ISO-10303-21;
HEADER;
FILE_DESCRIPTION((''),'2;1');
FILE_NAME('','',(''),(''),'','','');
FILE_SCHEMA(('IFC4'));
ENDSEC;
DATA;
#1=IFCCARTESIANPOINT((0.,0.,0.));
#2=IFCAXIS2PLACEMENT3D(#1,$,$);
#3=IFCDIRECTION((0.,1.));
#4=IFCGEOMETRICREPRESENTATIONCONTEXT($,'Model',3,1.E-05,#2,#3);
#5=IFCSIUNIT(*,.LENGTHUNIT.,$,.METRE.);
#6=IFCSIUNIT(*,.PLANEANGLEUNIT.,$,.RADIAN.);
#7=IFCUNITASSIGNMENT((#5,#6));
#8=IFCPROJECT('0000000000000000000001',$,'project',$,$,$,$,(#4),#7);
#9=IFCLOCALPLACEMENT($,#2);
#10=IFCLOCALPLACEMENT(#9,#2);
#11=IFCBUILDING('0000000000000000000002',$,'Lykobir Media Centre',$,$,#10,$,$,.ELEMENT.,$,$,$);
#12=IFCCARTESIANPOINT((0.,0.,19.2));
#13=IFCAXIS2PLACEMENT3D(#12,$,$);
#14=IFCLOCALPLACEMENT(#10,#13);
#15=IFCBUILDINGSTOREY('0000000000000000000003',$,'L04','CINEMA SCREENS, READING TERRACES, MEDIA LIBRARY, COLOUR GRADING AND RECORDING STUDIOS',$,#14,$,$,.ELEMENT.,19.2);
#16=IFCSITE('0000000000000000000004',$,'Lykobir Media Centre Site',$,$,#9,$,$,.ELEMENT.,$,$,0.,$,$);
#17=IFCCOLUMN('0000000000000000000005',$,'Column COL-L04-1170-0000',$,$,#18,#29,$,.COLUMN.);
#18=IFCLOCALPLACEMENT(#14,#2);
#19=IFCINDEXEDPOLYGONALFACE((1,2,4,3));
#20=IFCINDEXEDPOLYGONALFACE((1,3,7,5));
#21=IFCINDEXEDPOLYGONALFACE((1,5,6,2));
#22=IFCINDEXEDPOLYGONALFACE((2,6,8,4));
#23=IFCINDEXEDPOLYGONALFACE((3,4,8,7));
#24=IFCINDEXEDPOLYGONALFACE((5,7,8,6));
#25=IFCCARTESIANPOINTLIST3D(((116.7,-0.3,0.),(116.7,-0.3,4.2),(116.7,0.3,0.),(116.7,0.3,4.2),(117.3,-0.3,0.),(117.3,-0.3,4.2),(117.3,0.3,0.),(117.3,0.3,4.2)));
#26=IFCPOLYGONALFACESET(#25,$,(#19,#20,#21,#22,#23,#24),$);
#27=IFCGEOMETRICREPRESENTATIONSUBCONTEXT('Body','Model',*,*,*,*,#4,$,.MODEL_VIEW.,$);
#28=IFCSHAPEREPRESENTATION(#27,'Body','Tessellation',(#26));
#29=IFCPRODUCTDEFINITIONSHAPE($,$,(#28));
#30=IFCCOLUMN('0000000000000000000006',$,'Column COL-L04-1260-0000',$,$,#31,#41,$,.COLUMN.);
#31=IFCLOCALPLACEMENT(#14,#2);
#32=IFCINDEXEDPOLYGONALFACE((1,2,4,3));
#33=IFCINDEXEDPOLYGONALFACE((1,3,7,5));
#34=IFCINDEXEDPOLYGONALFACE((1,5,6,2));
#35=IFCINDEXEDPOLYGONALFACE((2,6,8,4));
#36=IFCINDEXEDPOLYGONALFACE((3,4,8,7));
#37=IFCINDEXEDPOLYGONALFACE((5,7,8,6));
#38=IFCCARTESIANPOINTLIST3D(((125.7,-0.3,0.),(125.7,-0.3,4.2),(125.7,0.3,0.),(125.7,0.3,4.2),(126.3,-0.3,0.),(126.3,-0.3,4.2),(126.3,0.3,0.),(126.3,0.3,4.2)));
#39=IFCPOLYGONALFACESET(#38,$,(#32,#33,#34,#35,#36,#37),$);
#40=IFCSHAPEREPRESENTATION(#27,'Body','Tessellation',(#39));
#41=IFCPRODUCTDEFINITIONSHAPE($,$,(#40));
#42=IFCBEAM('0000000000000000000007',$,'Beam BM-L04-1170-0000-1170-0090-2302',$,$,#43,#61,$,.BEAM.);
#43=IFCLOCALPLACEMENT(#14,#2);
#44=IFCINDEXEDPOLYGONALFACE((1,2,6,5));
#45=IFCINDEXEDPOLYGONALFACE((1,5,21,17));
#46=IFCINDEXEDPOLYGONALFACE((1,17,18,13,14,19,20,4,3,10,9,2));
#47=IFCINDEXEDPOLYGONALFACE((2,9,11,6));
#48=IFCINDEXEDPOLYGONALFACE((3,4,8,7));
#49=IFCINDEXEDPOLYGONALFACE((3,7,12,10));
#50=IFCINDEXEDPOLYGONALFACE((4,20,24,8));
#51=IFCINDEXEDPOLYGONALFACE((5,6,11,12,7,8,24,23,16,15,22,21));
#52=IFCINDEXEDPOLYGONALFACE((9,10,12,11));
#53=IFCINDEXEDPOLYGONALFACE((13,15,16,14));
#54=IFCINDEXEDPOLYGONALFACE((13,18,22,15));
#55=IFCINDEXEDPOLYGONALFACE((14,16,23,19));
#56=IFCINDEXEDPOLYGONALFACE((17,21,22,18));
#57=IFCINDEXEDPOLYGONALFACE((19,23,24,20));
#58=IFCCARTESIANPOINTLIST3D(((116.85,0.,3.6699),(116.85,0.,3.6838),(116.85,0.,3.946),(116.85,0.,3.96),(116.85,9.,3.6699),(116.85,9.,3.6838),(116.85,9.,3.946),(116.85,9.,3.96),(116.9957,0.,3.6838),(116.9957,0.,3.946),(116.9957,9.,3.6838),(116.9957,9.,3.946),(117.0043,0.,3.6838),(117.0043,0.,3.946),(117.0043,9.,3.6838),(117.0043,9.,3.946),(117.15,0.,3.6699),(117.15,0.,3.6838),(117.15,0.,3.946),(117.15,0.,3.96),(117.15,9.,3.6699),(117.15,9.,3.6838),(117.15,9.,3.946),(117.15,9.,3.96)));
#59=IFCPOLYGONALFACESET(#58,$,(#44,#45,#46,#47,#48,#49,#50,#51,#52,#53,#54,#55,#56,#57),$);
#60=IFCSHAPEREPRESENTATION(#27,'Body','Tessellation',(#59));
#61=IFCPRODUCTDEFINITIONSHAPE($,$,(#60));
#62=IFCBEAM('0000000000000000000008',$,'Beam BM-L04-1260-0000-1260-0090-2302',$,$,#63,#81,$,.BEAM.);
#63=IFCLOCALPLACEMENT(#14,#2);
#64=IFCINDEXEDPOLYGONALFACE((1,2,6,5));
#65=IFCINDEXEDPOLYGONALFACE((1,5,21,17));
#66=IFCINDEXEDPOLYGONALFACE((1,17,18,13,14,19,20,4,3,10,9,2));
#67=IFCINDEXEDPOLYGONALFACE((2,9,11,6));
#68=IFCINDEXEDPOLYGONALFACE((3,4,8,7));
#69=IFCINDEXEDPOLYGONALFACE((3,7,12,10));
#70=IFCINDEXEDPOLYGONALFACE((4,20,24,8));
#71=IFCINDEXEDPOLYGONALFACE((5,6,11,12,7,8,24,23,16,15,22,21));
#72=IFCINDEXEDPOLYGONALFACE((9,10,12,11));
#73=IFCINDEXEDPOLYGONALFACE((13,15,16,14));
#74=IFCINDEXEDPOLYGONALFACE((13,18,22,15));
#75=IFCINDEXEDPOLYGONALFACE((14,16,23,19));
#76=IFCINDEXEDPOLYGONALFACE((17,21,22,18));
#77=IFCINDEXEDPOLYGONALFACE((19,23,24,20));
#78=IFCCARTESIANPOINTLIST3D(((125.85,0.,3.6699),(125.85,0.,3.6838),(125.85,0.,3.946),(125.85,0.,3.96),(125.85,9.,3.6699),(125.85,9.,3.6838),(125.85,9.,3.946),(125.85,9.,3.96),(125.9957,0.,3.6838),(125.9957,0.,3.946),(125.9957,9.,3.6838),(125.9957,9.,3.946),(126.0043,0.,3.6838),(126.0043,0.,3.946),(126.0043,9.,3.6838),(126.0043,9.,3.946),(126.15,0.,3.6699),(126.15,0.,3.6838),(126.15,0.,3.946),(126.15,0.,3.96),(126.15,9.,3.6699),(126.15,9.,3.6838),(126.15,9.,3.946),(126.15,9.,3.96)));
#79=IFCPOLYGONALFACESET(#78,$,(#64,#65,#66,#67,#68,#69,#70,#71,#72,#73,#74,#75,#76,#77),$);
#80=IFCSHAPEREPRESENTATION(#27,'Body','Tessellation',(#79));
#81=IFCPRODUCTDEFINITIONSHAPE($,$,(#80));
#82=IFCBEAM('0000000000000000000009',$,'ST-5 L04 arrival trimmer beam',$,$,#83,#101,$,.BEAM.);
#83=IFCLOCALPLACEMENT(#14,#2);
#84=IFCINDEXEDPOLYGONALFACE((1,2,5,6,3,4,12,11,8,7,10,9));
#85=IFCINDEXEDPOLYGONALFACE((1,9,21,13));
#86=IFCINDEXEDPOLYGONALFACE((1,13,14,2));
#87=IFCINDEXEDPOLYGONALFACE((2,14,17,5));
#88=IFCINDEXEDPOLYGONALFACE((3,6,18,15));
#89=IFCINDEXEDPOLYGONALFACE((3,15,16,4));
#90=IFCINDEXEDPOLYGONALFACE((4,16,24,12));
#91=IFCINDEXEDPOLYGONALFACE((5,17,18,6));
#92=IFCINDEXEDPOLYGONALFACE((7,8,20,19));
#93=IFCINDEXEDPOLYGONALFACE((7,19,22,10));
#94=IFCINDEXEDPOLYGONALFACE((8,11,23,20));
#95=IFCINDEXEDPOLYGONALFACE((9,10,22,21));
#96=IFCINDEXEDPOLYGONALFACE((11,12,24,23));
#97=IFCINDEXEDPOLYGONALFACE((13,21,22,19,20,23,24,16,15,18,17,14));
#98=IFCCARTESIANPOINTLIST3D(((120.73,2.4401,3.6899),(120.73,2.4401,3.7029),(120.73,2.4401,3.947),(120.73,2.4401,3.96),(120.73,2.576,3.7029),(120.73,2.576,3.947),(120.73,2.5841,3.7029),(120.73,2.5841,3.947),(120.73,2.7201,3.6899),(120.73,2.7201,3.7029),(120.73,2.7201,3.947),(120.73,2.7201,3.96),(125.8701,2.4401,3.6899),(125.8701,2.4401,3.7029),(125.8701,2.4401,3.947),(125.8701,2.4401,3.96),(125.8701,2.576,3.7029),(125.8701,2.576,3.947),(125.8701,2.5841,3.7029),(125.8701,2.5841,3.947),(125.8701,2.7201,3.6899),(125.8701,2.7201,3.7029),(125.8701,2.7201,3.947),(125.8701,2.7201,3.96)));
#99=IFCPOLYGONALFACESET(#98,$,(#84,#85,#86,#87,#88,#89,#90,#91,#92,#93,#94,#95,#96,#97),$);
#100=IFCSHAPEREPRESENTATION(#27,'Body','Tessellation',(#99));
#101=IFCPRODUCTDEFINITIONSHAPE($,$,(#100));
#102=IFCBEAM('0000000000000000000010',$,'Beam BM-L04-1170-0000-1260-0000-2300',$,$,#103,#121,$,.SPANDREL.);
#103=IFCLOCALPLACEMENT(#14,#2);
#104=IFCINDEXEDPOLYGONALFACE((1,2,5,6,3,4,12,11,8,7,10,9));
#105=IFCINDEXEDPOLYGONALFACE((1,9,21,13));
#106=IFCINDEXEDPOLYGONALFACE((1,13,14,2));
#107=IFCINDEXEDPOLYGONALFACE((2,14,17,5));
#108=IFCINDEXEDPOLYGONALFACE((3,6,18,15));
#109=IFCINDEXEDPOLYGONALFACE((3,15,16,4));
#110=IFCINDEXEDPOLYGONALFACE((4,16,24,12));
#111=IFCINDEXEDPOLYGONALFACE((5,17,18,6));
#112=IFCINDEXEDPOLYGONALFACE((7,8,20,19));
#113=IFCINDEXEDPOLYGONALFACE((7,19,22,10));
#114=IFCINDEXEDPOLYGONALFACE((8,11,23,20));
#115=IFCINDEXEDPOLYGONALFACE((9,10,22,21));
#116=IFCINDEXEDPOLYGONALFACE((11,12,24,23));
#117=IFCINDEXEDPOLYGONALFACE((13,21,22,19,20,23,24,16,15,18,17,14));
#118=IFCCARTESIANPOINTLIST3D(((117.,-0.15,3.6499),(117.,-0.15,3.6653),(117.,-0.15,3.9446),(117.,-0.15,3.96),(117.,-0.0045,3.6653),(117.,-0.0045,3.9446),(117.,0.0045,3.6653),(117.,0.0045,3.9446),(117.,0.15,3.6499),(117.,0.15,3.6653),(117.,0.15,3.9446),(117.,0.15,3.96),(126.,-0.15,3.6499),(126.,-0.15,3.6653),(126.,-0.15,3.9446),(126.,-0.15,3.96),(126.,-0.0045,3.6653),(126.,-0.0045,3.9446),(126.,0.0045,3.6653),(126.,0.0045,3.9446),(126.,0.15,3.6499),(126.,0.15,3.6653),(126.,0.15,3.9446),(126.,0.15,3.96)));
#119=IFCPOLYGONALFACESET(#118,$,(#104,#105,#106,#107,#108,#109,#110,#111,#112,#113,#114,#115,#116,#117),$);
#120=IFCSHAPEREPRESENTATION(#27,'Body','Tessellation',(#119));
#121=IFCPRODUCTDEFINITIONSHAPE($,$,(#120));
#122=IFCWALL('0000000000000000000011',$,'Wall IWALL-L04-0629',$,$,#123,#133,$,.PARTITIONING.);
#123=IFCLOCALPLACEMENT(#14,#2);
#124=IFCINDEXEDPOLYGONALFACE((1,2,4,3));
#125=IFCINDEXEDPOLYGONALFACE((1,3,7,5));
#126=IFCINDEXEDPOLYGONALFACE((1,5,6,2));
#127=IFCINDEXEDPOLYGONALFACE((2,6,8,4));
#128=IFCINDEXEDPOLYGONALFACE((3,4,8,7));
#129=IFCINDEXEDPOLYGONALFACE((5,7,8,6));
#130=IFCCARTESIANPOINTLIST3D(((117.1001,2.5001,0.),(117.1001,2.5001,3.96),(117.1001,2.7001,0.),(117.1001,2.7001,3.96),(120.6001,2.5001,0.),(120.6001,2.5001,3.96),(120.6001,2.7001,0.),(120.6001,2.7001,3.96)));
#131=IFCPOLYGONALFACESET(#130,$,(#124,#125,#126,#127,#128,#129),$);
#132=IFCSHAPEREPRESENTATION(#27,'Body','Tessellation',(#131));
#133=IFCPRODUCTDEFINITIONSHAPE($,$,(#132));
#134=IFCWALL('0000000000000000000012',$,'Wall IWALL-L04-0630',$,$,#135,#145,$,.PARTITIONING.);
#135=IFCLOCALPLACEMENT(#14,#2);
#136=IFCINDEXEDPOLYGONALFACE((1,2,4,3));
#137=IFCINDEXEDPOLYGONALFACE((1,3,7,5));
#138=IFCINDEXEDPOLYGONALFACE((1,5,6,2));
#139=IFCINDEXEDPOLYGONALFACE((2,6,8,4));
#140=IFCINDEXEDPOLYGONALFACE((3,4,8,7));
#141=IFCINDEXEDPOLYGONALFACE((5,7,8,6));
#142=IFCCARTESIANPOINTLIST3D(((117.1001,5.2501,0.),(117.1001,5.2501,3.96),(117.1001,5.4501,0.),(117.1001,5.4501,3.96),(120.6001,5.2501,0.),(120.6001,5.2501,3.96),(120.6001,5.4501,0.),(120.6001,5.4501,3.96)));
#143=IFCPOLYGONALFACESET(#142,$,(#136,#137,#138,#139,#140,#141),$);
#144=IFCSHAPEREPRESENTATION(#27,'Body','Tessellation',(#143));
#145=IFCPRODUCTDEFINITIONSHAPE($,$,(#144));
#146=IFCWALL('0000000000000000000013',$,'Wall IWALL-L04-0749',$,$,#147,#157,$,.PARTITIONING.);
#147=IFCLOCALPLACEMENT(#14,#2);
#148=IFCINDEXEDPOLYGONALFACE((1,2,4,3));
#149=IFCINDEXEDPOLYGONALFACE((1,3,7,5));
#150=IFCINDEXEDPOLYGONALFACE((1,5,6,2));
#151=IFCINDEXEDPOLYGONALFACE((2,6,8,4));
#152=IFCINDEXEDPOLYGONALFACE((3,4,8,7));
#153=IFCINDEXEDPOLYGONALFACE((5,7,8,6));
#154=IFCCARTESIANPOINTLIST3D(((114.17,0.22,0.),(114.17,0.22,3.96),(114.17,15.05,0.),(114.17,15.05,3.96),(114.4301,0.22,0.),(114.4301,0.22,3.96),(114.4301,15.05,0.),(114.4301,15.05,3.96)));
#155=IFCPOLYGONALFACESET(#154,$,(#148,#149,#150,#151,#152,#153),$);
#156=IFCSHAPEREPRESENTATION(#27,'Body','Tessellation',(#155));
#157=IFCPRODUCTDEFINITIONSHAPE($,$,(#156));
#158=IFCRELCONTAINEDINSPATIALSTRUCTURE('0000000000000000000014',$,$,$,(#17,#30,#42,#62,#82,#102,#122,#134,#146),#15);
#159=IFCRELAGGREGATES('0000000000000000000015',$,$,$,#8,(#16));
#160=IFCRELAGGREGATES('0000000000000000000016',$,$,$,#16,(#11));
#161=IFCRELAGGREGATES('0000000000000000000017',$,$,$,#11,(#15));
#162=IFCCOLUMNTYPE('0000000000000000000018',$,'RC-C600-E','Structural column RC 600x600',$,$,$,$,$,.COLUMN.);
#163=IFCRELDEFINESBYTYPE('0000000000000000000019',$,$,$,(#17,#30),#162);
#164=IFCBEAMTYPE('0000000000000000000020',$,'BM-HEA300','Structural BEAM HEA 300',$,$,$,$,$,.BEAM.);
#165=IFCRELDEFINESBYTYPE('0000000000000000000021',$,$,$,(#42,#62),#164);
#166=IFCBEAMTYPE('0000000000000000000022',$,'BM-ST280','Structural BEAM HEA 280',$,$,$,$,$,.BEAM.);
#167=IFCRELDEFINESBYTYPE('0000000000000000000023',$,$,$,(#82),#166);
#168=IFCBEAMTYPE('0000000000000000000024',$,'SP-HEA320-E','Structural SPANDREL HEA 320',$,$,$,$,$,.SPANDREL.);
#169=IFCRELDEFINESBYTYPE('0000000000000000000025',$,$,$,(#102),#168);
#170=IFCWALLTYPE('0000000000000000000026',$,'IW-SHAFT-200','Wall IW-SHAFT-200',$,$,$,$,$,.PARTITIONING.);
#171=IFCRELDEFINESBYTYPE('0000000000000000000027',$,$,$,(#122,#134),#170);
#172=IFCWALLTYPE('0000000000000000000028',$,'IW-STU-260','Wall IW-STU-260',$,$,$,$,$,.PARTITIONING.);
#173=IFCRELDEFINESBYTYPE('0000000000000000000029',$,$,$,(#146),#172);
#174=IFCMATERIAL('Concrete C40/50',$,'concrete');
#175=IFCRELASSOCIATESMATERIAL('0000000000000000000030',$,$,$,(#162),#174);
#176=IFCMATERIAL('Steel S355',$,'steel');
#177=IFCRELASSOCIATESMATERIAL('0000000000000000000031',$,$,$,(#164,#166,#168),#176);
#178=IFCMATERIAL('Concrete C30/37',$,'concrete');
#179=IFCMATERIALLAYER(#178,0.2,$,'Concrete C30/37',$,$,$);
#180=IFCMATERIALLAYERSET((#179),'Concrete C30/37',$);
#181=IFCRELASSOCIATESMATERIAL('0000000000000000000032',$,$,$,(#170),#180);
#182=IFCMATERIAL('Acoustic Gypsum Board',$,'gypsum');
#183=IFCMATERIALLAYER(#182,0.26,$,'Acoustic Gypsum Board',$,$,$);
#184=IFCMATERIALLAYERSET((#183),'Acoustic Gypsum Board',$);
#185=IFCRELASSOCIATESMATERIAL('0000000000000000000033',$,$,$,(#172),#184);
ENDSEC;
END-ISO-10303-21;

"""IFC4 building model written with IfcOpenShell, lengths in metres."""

from ifc_helpers import new_model, si_unit, direction, frame, frame_2d, origin, origin_2d, place, context, subcontext, project, spatial, rectangle, i_section, extrude, material, layer, layer_set, material_profile, profile_set, type_object, element, save


model = new_model("IFC4")

# Units and contexts
model_context = context("Model", 3, precision=1e-05, world=origin(), true_north=direction((0.0, 1.0)))
body_context = subcontext(model_context, "Body", "Model", "MODEL_VIEW")
ifc_project = project(units=[si_unit("LENGTHUNIT", "METRE"), si_unit("PLANEANGLEUNIT", "RADIAN")], contexts=[model_context])

# Site, building, storey
site_placement = place(None, origin())
site = spatial("IfcSite", under=ifc_project, at=site_placement, Name="Lykobir Media Centre Site", CompositionType="ELEMENT", RefElevation=0.0)
building_placement = place(site_placement, origin())
building = spatial("IfcBuilding", under=site, at=building_placement, Name="Lykobir Media Centre", CompositionType="ELEMENT")
storey_placement = place(building_placement, frame((0.0, 0.0, 19.2)))
storey = spatial("IfcBuildingStorey", under=building, at=storey_placement, Name="L04", Description="CINEMA SCREENS, READING TERRACES, MEDIA LIBRARY, COLOUR GRADING AND RECORDING STUDIOS", CompositionType="ELEMENT", Elevation=19.2)

# Columns
ifc_material_1 = material(Name="Concrete C40/50", Category="concrete")
ifc_material_profile_1 = material_profile(ifc_material_1, rectangle(XDim=0.6001, YDim=0.6001, at=origin_2d()), Name="RC 600x600")
ifc_profile_set_1 = profile_set([ifc_material_profile_1], Name="Concrete C40/50")
column_type = type_object("IfcColumnType", Name="RC-C600-E", Description="Structural column RC 600x600", PredefinedType="COLUMN", material=ifc_profile_set_1)
for number, where, z_axis, x_axis, name in (
    (1, (117.0, 0.0, 0.0), (0.0, 0.0, 1.0), (1.0, 0.0, 0.0), "Column COL-L04-1170-0000"),
    (2, (126.0, 0.0, 0.0), (0.0, 0.0, 1.0), (1.0, 0.0, 0.0), "Column COL-L04-1260-0000"),
):
    element("IfcColumn", number, at=place(storey_placement, frame(where, z_axis=z_axis, x_axis=x_axis)), inside=storey, type_object=column_type, Name=name, PredefinedType="COLUMN", context=body_context, shape_type="SweptSolid", body=[
        extrude(rectangle(XDim=0.6001, YDim=0.6001, at=origin_2d()), origin(), (0.0, 0.0, 1.0), 4.2),
    ])

# Beams
ifc_material_2 = material(Name="Steel S355", Category="steel")
ifc_material_profile_2 = material_profile(ifc_material_2, i_section(OverallWidth=0.3, OverallDepth=0.29, WebThickness=0.0085, FlangeThickness=0.0139, at=origin_2d()), Name="HEA 300")
ifc_profile_set_2 = profile_set([ifc_material_profile_2], Name="Steel S355")
beam_type_1 = type_object("IfcBeamType", Name="BM-HEA300", Description="Structural BEAM HEA 300", PredefinedType="BEAM", material=ifc_profile_set_2)
for number, where, z_axis, x_axis, name in (
    (3, (117.0, 0.0, 3.8149), (0.0, 1.0, 0.0), (-1.0, 0.0, 0.0), "Beam BM-L04-1170-0000-1170-0090-2302"),
    (4, (126.0, 0.0, 3.8149), (0.0, 1.0, 0.0), (-1.0, 0.0, 0.0), "Beam BM-L04-1260-0000-1260-0090-2302"),
):
    element("IfcBeam", number, at=place(storey_placement, frame(where, z_axis=z_axis, x_axis=x_axis)), inside=storey, type_object=beam_type_1, Name=name, PredefinedType="BEAM", context=body_context, shape_type="SweptSolid", body=[
        extrude(i_section(OverallWidth=0.3, OverallDepth=0.29, WebThickness=0.0085, FlangeThickness=0.0139, at=origin_2d()), origin(), (0.0, 0.0, 1.0), 9.0),
    ])
ifc_material_profile_3 = material_profile(ifc_material_2, i_section(OverallWidth=0.28, OverallDepth=0.27, WebThickness=0.0081, FlangeThickness=0.0129, at=origin_2d()), Name="HEA 280")
ifc_profile_set_3 = profile_set([ifc_material_profile_3], Name="Steel S355")
beam_type_2 = type_object("IfcBeamType", Name="BM-ST280", Description="Structural BEAM HEA 280", PredefinedType="BEAM", material=ifc_profile_set_3)
beam_1_placement = place(storey_placement, frame((120.73, 2.5801, 3.825), z_axis=(1.0, 0.0, 0.0), x_axis=(0.0, 1.0, 0.0)))
element("IfcBeam", 5, at=beam_1_placement, inside=storey, type_object=beam_type_2, Name="ST-5 L04 arrival trimmer beam", PredefinedType="BEAM", context=body_context, shape_type="SweptSolid", body=[
    extrude(i_section(OverallWidth=0.28, OverallDepth=0.27, WebThickness=0.0081, FlangeThickness=0.0129, at=origin_2d()), origin(), (0.0, 0.0, 1.0), 5.1401),
])
ifc_material_profile_4 = material_profile(ifc_material_2, i_section(OverallWidth=0.3, OverallDepth=0.3101, WebThickness=0.009, FlangeThickness=0.0154, at=origin_2d()), Name="HEA 320")
ifc_profile_set_4 = profile_set([ifc_material_profile_4], Name="Steel S355")
beam_type_3 = type_object("IfcBeamType", Name="SP-HEA320-E", Description="Structural SPANDREL HEA 320", PredefinedType="SPANDREL", material=ifc_profile_set_4)
beam_2_placement = place(storey_placement, frame((117.0, 0.0, 3.8049), z_axis=(1.0, 0.0, 0.0), x_axis=(0.0, 1.0, 0.0)))
element("IfcBeam", 6, at=beam_2_placement, inside=storey, type_object=beam_type_3, Name="Beam BM-L04-1170-0000-1260-0000-2300", PredefinedType="SPANDREL", context=body_context, shape_type="SweptSolid", body=[
    extrude(i_section(OverallWidth=0.3, OverallDepth=0.3101, WebThickness=0.009, FlangeThickness=0.0154, at=origin_2d()), origin(), (0.0, 0.0, 1.0), 9.0),
])

# Walls
ifc_material_3 = material(Name="Concrete C30/37", Category="concrete")
ifc_layer_1 = layer(ifc_material_3, 0.2, Name="Concrete C30/37")
ifc_layer_set_1 = layer_set([ifc_layer_1], Name="Concrete C30/37")
wall_type_1 = type_object("IfcWallType", Name="IW-SHAFT-200", Description="Wall IW-SHAFT-200", PredefinedType="PARTITIONING", material=ifc_layer_set_1)
for number, where, z_axis, x_axis, name in (
    (7, (117.1001, 2.6001, 0.0), (0.0, 0.0, 1.0), (1.0, 0.0, 0.0), "Wall IWALL-L04-0629"),
    (8, (117.1001, 5.3501, 0.0), (0.0, 0.0, 1.0), (1.0, 0.0, 0.0), "Wall IWALL-L04-0630"),
):
    element("IfcWall", number, at=place(storey_placement, frame(where, z_axis=z_axis, x_axis=x_axis)), inside=storey, type_object=wall_type_1, Name=name, PredefinedType="PARTITIONING", context=body_context, shape_type="SweptSolid", body=[
        extrude(rectangle(XDim=3.5, YDim=0.2, at=frame_2d((1.75, 0.0))), origin(), (0.0, 0.0, 1.0), 3.96),
    ])
ifc_material_4 = material(Name="Acoustic Gypsum Board", Category="gypsum")
ifc_layer_2 = layer(ifc_material_4, 0.26, Name="Acoustic Gypsum Board")
ifc_layer_set_2 = layer_set([ifc_layer_2], Name="Acoustic Gypsum Board")
wall_type_2 = type_object("IfcWallType", Name="IW-STU-260", Description="Wall IW-STU-260", PredefinedType="PARTITIONING", material=ifc_layer_set_2)
wall_1_placement = place(storey_placement, frame((114.3, 0.22, 0.0), z_axis=(0.0, 0.0, 1.0), x_axis=(0.0, 1.0, 0.0)))
element("IfcWall", 9, at=wall_1_placement, inside=storey, type_object=wall_type_2, Name="Wall IWALL-L04-0749", PredefinedType="PARTITIONING", context=body_context, shape_type="SweptSolid", body=[
    extrude(rectangle(XDim=14.8301, YDim=0.26, at=frame_2d((7.415, 0.0))), origin(), (0.0, 0.0, 1.0), 3.96),
])

save(model, "model.ifc")
